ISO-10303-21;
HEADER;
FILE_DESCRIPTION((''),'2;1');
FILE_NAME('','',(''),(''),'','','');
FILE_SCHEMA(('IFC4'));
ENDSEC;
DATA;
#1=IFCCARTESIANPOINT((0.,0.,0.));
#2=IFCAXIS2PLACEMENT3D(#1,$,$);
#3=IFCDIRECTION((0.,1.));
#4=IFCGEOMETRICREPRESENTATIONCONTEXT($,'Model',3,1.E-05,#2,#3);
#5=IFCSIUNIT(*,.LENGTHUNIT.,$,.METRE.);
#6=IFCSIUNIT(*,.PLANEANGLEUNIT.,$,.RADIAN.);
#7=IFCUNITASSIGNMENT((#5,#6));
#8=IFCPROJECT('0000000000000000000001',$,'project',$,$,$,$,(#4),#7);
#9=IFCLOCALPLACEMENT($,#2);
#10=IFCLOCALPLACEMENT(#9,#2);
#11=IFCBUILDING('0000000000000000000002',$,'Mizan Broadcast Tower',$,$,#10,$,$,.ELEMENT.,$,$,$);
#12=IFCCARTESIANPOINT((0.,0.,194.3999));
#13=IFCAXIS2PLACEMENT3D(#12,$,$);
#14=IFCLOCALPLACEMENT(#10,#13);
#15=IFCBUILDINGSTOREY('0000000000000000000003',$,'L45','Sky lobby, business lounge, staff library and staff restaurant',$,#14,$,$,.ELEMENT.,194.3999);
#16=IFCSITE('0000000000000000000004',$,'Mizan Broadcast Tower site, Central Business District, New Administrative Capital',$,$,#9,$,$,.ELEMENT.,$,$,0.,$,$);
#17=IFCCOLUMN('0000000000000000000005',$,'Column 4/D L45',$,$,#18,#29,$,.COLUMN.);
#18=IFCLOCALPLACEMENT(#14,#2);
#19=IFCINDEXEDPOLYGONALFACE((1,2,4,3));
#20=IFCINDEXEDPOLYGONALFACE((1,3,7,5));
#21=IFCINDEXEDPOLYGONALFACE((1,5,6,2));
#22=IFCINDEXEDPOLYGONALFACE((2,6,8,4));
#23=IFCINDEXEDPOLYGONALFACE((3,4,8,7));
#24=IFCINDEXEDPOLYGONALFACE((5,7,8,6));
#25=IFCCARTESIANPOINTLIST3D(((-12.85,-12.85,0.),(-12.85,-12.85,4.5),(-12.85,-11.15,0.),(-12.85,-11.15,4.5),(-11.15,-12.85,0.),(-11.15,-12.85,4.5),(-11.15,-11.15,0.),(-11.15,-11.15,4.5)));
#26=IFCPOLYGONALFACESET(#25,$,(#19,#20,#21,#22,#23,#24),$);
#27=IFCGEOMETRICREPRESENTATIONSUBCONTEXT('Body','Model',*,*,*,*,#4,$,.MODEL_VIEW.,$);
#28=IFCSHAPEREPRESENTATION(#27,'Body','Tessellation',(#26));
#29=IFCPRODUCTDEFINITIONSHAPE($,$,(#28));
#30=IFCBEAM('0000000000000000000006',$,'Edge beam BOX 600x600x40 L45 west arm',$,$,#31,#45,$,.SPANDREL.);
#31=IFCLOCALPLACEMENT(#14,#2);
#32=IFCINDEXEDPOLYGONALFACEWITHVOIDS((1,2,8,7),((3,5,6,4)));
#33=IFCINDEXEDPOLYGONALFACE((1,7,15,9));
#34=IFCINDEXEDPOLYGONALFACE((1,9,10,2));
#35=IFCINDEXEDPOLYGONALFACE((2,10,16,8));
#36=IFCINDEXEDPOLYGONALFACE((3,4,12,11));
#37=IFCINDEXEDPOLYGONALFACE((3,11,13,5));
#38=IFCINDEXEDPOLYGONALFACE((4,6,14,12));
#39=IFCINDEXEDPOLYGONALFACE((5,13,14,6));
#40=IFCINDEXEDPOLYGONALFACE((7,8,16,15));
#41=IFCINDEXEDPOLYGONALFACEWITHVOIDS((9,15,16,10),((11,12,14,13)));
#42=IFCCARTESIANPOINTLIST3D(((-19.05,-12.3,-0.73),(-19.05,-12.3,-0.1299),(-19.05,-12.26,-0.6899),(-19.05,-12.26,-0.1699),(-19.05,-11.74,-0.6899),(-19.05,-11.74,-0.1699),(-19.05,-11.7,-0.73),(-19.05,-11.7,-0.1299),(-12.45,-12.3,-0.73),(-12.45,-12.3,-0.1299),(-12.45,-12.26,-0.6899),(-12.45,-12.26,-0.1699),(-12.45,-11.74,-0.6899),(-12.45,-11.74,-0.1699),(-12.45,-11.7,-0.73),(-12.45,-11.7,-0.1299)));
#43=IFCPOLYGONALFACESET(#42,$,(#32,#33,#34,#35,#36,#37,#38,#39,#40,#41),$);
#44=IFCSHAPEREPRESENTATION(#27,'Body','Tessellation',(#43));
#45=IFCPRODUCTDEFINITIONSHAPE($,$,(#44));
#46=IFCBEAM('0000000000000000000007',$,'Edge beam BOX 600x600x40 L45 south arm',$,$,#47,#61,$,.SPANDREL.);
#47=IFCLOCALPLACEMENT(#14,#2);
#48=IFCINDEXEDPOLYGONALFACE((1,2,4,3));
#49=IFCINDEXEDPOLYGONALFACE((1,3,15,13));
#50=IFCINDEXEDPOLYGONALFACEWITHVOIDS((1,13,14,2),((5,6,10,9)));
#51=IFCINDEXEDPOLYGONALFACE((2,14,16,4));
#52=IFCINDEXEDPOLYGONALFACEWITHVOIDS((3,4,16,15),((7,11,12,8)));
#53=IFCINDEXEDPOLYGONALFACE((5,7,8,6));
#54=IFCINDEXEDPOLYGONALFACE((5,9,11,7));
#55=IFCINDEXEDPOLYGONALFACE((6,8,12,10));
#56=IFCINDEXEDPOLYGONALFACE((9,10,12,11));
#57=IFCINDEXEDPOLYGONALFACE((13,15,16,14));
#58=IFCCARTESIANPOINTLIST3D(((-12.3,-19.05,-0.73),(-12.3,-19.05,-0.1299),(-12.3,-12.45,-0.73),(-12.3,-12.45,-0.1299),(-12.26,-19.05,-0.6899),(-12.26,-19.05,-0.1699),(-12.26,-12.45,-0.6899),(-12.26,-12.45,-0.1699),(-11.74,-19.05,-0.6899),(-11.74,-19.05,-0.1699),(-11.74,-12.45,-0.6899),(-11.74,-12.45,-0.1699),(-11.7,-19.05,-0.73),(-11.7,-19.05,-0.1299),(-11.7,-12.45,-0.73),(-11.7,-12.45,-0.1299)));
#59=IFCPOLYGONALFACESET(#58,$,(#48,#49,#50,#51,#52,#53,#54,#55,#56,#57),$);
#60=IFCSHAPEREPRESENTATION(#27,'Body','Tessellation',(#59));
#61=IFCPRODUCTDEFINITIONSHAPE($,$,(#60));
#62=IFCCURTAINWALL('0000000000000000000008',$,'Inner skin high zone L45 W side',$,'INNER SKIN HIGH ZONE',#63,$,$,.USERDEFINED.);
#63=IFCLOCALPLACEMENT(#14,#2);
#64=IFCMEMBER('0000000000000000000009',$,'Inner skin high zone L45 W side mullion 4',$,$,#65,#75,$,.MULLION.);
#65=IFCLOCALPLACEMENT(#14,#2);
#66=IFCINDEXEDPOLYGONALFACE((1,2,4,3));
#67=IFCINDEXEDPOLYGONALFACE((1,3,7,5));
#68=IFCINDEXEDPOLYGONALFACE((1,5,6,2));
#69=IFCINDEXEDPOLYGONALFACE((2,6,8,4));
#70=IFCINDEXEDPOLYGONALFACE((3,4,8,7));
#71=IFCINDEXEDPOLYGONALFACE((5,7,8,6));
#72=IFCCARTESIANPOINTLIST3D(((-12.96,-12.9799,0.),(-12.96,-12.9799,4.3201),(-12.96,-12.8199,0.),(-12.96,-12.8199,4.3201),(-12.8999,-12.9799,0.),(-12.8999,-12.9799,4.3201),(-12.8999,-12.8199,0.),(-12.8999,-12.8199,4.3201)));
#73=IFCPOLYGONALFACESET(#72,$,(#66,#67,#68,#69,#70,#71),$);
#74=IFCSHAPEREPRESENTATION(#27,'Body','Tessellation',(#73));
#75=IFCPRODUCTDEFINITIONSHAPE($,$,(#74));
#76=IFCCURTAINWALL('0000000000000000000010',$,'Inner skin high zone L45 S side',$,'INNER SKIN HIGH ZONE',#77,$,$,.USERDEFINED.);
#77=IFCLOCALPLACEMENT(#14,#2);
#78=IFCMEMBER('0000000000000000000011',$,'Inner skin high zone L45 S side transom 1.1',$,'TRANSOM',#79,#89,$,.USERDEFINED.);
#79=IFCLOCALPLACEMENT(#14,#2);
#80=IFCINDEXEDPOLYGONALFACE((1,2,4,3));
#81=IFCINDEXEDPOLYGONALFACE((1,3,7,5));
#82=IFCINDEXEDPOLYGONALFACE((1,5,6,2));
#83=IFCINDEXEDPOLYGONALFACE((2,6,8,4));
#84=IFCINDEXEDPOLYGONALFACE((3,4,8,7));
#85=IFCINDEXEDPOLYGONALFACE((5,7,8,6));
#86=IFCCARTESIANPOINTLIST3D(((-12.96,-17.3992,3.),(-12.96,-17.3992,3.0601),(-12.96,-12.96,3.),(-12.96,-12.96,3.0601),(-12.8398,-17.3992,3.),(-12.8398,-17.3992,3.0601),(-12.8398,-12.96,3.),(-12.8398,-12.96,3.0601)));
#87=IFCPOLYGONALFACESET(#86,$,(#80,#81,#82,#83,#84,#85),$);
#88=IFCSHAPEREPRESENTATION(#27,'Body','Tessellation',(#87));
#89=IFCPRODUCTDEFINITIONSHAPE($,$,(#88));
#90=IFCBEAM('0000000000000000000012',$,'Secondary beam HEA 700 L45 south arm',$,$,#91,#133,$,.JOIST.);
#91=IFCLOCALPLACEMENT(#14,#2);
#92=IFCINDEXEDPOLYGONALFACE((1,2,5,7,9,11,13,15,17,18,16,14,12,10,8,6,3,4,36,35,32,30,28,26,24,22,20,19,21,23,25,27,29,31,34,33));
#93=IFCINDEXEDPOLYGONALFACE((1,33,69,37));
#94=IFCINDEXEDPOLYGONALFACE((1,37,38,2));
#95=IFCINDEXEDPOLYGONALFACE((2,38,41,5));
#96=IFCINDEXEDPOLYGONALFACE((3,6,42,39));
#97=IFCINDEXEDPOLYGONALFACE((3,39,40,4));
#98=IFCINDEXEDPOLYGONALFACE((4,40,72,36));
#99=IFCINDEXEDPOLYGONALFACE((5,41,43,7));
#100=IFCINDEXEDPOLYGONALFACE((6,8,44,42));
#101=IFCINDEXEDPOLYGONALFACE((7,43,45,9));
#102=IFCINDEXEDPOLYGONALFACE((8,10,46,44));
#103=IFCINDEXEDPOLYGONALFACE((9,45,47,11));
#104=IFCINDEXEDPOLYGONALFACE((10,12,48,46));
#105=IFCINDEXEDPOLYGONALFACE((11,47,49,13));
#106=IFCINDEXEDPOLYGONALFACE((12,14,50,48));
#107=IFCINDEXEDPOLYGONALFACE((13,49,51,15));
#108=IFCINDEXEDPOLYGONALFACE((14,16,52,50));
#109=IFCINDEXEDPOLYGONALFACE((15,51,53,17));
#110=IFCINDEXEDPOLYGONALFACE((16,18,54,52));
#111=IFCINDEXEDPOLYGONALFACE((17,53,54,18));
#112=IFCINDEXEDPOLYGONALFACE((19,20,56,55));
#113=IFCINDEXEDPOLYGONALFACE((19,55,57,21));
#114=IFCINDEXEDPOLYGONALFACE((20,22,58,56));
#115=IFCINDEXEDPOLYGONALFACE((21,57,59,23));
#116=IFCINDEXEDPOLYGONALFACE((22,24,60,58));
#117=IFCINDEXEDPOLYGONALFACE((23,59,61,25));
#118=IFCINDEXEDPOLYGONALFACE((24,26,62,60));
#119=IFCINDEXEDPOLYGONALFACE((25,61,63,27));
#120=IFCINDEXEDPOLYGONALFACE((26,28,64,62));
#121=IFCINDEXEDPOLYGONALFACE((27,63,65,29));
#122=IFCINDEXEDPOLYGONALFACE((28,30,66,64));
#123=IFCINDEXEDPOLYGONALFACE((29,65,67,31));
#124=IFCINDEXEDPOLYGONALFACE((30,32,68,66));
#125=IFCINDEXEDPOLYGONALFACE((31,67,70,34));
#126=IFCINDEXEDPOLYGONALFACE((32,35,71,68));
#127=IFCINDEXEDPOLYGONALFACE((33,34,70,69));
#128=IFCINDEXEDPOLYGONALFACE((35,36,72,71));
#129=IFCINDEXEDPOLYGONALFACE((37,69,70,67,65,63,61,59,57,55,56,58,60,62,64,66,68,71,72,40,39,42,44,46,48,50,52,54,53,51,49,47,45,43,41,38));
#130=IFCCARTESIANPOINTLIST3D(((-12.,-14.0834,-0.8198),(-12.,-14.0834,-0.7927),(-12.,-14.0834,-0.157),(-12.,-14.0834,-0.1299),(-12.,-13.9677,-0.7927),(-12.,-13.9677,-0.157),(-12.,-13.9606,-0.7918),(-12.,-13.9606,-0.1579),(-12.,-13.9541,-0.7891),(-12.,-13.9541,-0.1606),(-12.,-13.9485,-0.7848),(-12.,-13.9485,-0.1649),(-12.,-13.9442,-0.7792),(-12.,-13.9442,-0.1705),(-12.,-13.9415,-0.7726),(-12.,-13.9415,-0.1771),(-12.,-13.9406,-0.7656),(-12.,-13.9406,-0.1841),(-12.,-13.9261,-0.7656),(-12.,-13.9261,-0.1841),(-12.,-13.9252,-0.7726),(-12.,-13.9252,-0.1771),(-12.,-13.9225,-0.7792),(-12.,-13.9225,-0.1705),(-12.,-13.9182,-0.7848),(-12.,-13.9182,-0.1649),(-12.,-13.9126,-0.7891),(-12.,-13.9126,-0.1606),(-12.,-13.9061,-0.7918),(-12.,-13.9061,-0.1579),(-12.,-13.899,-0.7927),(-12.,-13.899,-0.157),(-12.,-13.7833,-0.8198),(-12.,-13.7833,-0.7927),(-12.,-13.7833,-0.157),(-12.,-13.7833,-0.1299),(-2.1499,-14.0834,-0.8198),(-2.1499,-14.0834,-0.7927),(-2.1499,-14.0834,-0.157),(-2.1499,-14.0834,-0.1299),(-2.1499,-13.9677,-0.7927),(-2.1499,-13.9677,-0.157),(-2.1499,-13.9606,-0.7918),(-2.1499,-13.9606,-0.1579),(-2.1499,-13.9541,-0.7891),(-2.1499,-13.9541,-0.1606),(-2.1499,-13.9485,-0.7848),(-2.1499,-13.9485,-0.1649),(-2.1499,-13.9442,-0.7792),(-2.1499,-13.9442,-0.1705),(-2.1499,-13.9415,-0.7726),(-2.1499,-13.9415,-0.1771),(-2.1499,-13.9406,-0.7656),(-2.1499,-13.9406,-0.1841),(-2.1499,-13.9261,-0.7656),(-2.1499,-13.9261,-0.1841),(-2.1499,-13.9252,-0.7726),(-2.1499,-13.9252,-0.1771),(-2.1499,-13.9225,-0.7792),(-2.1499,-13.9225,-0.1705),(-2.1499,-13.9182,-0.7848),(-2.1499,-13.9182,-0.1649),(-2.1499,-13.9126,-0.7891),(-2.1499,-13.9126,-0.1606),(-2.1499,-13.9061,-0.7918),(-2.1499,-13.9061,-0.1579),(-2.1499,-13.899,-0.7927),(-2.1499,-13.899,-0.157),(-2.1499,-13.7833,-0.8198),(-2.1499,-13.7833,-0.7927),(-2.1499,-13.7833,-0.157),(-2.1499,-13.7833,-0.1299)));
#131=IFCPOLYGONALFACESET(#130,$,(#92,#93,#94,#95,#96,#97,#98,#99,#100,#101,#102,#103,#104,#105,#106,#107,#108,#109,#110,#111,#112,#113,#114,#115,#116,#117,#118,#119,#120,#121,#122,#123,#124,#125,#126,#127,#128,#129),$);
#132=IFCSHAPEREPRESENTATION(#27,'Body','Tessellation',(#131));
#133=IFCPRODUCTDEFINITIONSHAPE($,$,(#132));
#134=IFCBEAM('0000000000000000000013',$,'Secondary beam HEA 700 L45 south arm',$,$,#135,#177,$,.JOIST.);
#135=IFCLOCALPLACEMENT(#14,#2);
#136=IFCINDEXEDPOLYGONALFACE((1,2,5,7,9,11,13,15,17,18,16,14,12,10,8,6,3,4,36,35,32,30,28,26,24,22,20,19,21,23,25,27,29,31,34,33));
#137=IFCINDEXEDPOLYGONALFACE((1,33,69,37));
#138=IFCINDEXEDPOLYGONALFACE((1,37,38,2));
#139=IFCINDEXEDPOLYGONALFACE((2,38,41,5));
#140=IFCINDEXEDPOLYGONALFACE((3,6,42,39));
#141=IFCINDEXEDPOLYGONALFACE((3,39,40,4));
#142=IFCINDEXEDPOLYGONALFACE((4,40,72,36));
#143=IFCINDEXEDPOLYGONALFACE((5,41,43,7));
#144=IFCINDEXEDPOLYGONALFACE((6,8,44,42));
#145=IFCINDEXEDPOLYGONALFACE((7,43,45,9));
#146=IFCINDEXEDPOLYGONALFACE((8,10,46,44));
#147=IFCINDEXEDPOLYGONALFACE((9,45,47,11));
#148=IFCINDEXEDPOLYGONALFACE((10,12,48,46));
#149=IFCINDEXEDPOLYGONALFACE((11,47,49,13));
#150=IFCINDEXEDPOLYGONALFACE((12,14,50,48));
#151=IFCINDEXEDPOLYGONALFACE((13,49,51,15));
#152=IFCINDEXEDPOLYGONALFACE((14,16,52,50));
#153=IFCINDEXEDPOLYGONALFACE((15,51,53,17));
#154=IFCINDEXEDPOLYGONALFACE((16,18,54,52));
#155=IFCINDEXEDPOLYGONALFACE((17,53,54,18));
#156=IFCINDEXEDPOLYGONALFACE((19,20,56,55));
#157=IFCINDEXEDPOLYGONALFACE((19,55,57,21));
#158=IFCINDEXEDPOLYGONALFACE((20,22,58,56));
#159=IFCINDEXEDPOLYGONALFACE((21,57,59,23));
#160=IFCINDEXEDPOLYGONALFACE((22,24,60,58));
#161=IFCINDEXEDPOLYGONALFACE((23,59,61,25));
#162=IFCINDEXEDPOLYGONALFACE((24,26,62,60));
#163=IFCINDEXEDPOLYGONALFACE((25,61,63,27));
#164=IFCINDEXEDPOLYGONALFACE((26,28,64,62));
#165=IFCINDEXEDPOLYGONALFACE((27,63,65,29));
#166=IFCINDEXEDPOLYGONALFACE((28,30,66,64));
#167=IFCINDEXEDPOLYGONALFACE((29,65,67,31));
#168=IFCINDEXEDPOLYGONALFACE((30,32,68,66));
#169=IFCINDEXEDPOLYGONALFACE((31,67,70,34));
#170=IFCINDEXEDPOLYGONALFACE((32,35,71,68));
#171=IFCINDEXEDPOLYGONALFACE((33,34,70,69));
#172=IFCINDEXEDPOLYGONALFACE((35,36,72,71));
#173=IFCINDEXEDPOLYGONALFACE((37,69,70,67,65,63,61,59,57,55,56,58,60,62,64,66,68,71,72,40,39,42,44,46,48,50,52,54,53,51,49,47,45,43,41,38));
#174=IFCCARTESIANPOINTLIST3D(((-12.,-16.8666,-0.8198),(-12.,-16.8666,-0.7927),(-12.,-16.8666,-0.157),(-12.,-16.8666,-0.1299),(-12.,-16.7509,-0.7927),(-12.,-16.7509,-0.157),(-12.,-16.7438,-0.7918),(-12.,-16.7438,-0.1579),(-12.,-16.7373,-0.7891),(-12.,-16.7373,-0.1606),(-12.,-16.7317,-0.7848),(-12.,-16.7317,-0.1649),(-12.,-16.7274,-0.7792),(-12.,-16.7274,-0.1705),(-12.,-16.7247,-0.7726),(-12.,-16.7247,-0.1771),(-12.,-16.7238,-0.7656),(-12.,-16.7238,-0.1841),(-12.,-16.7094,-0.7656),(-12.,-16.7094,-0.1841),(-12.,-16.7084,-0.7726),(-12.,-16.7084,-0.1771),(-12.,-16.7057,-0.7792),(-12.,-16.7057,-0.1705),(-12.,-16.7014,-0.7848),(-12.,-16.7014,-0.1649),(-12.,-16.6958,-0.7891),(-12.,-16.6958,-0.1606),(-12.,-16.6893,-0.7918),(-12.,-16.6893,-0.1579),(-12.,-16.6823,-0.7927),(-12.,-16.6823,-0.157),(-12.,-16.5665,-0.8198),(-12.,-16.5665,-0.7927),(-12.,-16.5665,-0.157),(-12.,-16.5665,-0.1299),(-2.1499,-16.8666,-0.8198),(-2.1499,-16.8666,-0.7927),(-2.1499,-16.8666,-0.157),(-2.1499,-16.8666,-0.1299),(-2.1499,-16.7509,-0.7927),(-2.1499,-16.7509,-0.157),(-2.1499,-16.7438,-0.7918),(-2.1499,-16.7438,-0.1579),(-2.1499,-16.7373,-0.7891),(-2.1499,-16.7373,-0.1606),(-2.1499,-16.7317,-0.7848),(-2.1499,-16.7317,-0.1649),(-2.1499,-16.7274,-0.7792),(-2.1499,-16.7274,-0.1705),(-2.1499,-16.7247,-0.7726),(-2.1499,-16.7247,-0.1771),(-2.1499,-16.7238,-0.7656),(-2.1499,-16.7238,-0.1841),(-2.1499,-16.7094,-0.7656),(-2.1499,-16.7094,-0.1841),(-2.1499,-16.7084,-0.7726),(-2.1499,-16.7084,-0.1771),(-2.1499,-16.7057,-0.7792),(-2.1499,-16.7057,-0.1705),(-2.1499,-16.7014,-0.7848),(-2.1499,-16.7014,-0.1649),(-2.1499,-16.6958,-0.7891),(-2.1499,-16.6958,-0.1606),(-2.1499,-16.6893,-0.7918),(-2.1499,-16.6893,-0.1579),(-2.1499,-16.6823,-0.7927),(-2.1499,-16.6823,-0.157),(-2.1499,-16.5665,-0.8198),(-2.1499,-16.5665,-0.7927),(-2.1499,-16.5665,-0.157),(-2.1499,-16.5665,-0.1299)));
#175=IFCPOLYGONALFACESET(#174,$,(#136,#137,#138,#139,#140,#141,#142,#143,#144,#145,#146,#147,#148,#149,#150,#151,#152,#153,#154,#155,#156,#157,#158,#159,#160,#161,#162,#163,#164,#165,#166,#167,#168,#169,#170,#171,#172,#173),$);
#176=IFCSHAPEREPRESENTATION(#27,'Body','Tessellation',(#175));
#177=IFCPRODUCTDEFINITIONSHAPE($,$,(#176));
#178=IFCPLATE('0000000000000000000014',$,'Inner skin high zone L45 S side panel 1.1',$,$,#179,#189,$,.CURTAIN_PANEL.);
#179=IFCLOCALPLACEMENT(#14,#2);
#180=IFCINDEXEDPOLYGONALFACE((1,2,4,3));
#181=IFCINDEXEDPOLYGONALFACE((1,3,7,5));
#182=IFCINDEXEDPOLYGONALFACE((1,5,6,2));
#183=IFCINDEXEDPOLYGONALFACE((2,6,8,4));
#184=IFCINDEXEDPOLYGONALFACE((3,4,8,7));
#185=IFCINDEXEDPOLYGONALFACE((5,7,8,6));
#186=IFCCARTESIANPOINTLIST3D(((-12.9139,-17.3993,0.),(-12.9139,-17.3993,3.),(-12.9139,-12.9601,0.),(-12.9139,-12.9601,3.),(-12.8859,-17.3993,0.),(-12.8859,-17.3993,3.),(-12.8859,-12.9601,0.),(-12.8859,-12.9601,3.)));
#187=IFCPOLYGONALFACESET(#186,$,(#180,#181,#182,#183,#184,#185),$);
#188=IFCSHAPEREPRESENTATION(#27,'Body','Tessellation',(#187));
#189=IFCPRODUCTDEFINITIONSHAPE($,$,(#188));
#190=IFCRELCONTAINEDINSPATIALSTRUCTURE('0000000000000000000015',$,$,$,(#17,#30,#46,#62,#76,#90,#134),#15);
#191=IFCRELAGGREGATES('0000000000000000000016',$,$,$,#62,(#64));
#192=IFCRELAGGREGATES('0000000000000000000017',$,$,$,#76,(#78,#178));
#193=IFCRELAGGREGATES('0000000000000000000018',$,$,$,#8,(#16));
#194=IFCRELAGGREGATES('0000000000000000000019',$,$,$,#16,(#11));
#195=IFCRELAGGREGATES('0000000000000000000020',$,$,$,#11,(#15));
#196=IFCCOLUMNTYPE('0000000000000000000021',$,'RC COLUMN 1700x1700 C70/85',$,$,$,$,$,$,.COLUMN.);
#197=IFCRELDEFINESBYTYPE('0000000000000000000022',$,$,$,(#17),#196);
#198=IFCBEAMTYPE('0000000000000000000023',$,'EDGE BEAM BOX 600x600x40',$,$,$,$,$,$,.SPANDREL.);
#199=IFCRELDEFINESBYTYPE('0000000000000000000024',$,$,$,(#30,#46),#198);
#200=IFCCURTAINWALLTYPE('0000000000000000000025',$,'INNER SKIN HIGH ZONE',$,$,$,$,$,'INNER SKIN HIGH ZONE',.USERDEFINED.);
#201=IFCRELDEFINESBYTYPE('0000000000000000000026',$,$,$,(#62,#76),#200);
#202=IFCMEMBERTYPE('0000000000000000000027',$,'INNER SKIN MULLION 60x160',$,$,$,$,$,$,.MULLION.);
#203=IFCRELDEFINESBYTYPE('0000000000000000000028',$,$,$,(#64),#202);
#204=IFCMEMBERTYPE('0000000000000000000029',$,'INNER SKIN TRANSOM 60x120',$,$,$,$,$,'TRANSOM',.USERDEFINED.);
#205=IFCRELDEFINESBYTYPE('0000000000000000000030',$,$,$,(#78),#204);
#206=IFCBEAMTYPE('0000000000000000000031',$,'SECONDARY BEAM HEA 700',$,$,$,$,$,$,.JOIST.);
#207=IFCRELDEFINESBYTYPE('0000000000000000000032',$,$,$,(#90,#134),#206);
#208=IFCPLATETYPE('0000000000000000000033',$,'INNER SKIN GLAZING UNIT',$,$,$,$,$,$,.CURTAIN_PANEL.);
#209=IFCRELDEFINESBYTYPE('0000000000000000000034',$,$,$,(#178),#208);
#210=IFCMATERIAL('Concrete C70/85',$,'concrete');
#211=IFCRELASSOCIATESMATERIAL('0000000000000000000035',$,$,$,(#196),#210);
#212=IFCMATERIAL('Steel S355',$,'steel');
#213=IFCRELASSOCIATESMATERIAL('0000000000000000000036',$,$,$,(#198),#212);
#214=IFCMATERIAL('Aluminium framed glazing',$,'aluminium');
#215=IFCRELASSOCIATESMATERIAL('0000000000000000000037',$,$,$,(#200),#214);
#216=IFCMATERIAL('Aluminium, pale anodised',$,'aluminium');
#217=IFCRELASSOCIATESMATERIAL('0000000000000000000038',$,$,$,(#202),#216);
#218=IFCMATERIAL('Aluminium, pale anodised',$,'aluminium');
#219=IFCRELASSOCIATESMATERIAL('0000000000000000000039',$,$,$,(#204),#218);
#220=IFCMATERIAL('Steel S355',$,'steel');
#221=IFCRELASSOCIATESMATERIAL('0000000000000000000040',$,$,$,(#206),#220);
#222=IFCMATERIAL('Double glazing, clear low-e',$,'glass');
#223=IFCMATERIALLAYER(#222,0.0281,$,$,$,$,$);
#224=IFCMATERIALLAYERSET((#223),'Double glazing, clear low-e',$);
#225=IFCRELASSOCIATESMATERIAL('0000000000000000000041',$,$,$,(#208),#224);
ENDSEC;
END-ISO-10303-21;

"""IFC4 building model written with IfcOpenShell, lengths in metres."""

from ifc_helpers import new_model, si_unit, direction, frame, origin, origin_2d, place, context, subcontext, project, spatial, rectangle, hollow_rectangle, i_section, extrude, material, layer, layer_set, material_profile, profile_set, type_object, element, aggregate, save


model = new_model("IFC4")

# Units and contexts
model_context = context("Model", 3, precision=1e-05, world=origin(), true_north=direction((0.0, 1.0)))
body_context = subcontext(model_context, "Body", "Model", "MODEL_VIEW")
ifc_project = project(units=[si_unit("LENGTHUNIT", "METRE"), si_unit("PLANEANGLEUNIT", "RADIAN")], contexts=[model_context])

# Site, building, storey
site_placement = place(None, origin())
site = spatial("IfcSite", under=ifc_project, at=site_placement, Name="Mizan Broadcast Tower site, Central Business District, New Administrative Capital", CompositionType="ELEMENT", RefElevation=0.0)
building_placement = place(site_placement, origin())
building = spatial("IfcBuilding", under=site, at=building_placement, Name="Mizan Broadcast Tower", CompositionType="ELEMENT")
storey_placement = place(building_placement, frame((0.0, 0.0, 194.3999)))
storey = spatial("IfcBuildingStorey", under=building, at=storey_placement, Name="L45", Description="Sky lobby, business lounge, staff library and staff restaurant", CompositionType="ELEMENT", Elevation=194.3999)

# Column
ifc_material_1 = material(Name="Concrete C70/85", Category="concrete")
ifc_material_profile_1 = material_profile(ifc_material_1, rectangle(XDim=1.7, YDim=1.7, at=origin_2d()), Name="RC 1700x1700")
ifc_profile_set_1 = profile_set([ifc_material_profile_1], Name="Concrete C70/85")
column_type = type_object("IfcColumnType", Name="RC COLUMN 1700x1700 C70/85", PredefinedType="COLUMN", material=ifc_profile_set_1)
column_placement = place(storey_placement, frame((-12.0, -12.0, 0.0), z_axis=(0.0, 0.0, 1.0), x_axis=(1.0, 0.0, 0.0)))
element("IfcColumn", 1, at=column_placement, inside=storey, type_object=column_type, Name="Column 4/D L45", PredefinedType="COLUMN", context=body_context, shape_type="SweptSolid", body=[
    extrude(rectangle(XDim=1.7, YDim=1.7, at=origin_2d()), origin(), (0.0, 0.0, 1.0), 4.5),
])

# Beams
ifc_material_2 = material(Name="Steel S355", Category="steel")
ifc_material_profile_2 = material_profile(ifc_material_2, hollow_rectangle(XDim=0.6001, YDim=0.6001, WallThickness=0.04, at=origin_2d()), Name="BOX 600x600x40")
ifc_profile_set_2 = profile_set([ifc_material_profile_2], Name="Steel S355")
beam_type_1 = type_object("IfcBeamType", Name="EDGE BEAM BOX 600x600x40", PredefinedType="SPANDREL", material=ifc_profile_set_2)
for number, where, z_axis, x_axis, name in (
    (2, (-12.45, -12.0, -0.4299), (-1.0, 0.0, 0.0), (0.0, -1.0, 0.0), "Edge beam BOX 600x600x40 L45 west arm"),
    (3, (-12.0, -12.45, -0.4299), (0.0, -1.0, 0.0), (1.0, 0.0, 0.0), "Edge beam BOX 600x600x40 L45 south arm"),
):
    element("IfcBeam", number, at=place(storey_placement, frame(where, z_axis=z_axis, x_axis=x_axis)), inside=storey, type_object=beam_type_1, Name=name, PredefinedType="SPANDREL", context=body_context, shape_type="SweptSolid", body=[
        extrude(hollow_rectangle(XDim=0.6001, YDim=0.6001, WallThickness=0.04, at=origin_2d()), origin(), (0.0, 0.0, 1.0), 6.6001),
    ])

# Curtain walls, members
ifc_material_3 = material(Name="Aluminium framed glazing", Category="aluminium")
curtain_wall_type = type_object("IfcCurtainWallType", Name="INNER SKIN HIGH ZONE", ElementType="INNER SKIN HIGH ZONE", PredefinedType="USERDEFINED", material=ifc_material_3)
curtain_wall_1_placement = place(storey_placement, origin())
curtain_wall_1 = element("IfcCurtainWall", 4, at=curtain_wall_1_placement, inside=storey, type_object=curtain_wall_type, Name="Inner skin high zone L45 W side", ObjectType="INNER SKIN HIGH ZONE", PredefinedType="USERDEFINED")
ifc_material_4 = material(Name="Aluminium, pale anodised", Category="aluminium")
ifc_material_profile_3 = material_profile(ifc_material_4, rectangle(XDim=0.1599, YDim=0.0601, at=origin_2d()), Name="MULLION 160x60")
ifc_profile_set_3 = profile_set([ifc_material_profile_3], Name="Aluminium, pale anodised")
member_type_1 = type_object("IfcMemberType", Name="INNER SKIN MULLION 60x160", PredefinedType="MULLION", material=ifc_profile_set_3)
member_1_placement = place(storey_placement, frame((-12.9299, -12.8999, 0.0), z_axis=(0.0, 0.0, 1.0), x_axis=(0.0, 1.0, 0.0)))
member_1 = element("IfcMember", 5, at=member_1_placement, type_object=member_type_1, Name="Inner skin high zone L45 W side mullion 4", PredefinedType="MULLION", context=body_context, shape_type="SweptSolid", body=[
    extrude(rectangle(XDim=0.1599, YDim=0.0601, at=origin_2d()), origin(), (0.0, 0.0, 1.0), 4.3201),
])
aggregate(curtain_wall_1, [member_1])
curtain_wall_2_placement = place(storey_placement, origin())
curtain_wall_2 = element("IfcCurtainWall", 6, at=curtain_wall_2_placement, inside=storey, type_object=curtain_wall_type, Name="Inner skin high zone L45 S side", ObjectType="INNER SKIN HIGH ZONE", PredefinedType="USERDEFINED")
ifc_material_5 = material(Name="Aluminium, pale anodised", Category="aluminium")
ifc_material_profile_4 = material_profile(ifc_material_5, rectangle(XDim=0.1201, YDim=0.0601, at=origin_2d()), Name="TRANSOM 120x60")
ifc_profile_set_4 = profile_set([ifc_material_profile_4], Name="Aluminium, pale anodised")
member_type_2 = type_object("IfcMemberType", Name="INNER SKIN TRANSOM 60x120", ElementType="TRANSOM", PredefinedType="USERDEFINED", material=ifc_profile_set_4)
member_2_placement = place(storey_placement, frame((-12.8999, -12.96, 3.03), z_axis=(0.0, -1.0, 0.0), x_axis=(1.0, 0.0, 0.0)))
member_2 = element("IfcMember", 7, at=member_2_placement, type_object=member_type_2, Name="Inner skin high zone L45 S side transom 1.1", ObjectType="TRANSOM", PredefinedType="USERDEFINED", context=body_context, shape_type="SweptSolid", body=[
    extrude(rectangle(XDim=0.1201, YDim=0.0601, at=origin_2d()), origin(), (0.0, 0.0, 1.0), 4.4392),
])

# Beams
ifc_material_6 = material(Name="Steel S355", Category="steel")
ifc_material_profile_5 = material_profile(ifc_material_6, i_section(OverallWidth=0.3, OverallDepth=0.6899, WebThickness=0.0144, FlangeThickness=0.0271, FilletRadius=0.0271, at=origin_2d()), Name="HEA 700")
ifc_profile_set_5 = profile_set([ifc_material_profile_5], Name="Steel S355")
beam_type_2 = type_object("IfcBeamType", Name="SECONDARY BEAM HEA 700", PredefinedType="JOIST", material=ifc_profile_set_5)
for number, where, z_axis, x_axis, name in (
    (8, (-12.0, -13.9333, -0.4749), (1.0, 0.0, 0.0), (0.0, 1.0, 0.0), "Secondary beam HEA 700 L45 south arm"),
    (9, (-12.0, -16.7166, -0.4749), (1.0, 0.0, 0.0), (0.0, 1.0, 0.0), "Secondary beam HEA 700 L45 south arm"),
):
    element("IfcBeam", number, at=place(storey_placement, frame(where, z_axis=z_axis, x_axis=x_axis)), inside=storey, type_object=beam_type_2, Name=name, PredefinedType="JOIST", context=body_context, shape_type="SweptSolid", body=[
        extrude(i_section(OverallWidth=0.3, OverallDepth=0.6899, WebThickness=0.0144, FlangeThickness=0.0271, FilletRadius=0.0271, at=origin_2d()), origin(), (0.0, 0.0, 1.0), 9.8501),
    ])

# Plate
ifc_material_7 = material(Name="Double glazing, clear low-e", Category="glass")
ifc_layer_1 = layer(ifc_material_7, 0.0281)
ifc_layer_set_1 = layer_set([ifc_layer_1], Name="Double glazing, clear low-e")
plate_type_1 = type_object("IfcPlateType", Name="INNER SKIN GLAZING UNIT", PredefinedType="CURTAIN_PANEL", material=ifc_layer_set_1)
plate_1_placement = place(storey_placement, frame((-12.8999, -15.1797, 0.0), z_axis=(0.0, 0.0, 1.0), x_axis=(0.0, -1.0, 0.0)))
plate_1 = element("IfcPlate", 10, at=plate_1_placement, type_object=plate_type_1, Name="Inner skin high zone L45 S side panel 1.1", PredefinedType="CURTAIN_PANEL", context=body_context, shape_type="SweptSolid", body=[
    extrude(rectangle(XDim=4.4392, YDim=0.0281, at=origin_2d()), origin(), (0.0, 0.0, 1.0), 3.0),
])
aggregate(curtain_wall_2, [member_2, plate_1])

save(model, "model.ifc")
